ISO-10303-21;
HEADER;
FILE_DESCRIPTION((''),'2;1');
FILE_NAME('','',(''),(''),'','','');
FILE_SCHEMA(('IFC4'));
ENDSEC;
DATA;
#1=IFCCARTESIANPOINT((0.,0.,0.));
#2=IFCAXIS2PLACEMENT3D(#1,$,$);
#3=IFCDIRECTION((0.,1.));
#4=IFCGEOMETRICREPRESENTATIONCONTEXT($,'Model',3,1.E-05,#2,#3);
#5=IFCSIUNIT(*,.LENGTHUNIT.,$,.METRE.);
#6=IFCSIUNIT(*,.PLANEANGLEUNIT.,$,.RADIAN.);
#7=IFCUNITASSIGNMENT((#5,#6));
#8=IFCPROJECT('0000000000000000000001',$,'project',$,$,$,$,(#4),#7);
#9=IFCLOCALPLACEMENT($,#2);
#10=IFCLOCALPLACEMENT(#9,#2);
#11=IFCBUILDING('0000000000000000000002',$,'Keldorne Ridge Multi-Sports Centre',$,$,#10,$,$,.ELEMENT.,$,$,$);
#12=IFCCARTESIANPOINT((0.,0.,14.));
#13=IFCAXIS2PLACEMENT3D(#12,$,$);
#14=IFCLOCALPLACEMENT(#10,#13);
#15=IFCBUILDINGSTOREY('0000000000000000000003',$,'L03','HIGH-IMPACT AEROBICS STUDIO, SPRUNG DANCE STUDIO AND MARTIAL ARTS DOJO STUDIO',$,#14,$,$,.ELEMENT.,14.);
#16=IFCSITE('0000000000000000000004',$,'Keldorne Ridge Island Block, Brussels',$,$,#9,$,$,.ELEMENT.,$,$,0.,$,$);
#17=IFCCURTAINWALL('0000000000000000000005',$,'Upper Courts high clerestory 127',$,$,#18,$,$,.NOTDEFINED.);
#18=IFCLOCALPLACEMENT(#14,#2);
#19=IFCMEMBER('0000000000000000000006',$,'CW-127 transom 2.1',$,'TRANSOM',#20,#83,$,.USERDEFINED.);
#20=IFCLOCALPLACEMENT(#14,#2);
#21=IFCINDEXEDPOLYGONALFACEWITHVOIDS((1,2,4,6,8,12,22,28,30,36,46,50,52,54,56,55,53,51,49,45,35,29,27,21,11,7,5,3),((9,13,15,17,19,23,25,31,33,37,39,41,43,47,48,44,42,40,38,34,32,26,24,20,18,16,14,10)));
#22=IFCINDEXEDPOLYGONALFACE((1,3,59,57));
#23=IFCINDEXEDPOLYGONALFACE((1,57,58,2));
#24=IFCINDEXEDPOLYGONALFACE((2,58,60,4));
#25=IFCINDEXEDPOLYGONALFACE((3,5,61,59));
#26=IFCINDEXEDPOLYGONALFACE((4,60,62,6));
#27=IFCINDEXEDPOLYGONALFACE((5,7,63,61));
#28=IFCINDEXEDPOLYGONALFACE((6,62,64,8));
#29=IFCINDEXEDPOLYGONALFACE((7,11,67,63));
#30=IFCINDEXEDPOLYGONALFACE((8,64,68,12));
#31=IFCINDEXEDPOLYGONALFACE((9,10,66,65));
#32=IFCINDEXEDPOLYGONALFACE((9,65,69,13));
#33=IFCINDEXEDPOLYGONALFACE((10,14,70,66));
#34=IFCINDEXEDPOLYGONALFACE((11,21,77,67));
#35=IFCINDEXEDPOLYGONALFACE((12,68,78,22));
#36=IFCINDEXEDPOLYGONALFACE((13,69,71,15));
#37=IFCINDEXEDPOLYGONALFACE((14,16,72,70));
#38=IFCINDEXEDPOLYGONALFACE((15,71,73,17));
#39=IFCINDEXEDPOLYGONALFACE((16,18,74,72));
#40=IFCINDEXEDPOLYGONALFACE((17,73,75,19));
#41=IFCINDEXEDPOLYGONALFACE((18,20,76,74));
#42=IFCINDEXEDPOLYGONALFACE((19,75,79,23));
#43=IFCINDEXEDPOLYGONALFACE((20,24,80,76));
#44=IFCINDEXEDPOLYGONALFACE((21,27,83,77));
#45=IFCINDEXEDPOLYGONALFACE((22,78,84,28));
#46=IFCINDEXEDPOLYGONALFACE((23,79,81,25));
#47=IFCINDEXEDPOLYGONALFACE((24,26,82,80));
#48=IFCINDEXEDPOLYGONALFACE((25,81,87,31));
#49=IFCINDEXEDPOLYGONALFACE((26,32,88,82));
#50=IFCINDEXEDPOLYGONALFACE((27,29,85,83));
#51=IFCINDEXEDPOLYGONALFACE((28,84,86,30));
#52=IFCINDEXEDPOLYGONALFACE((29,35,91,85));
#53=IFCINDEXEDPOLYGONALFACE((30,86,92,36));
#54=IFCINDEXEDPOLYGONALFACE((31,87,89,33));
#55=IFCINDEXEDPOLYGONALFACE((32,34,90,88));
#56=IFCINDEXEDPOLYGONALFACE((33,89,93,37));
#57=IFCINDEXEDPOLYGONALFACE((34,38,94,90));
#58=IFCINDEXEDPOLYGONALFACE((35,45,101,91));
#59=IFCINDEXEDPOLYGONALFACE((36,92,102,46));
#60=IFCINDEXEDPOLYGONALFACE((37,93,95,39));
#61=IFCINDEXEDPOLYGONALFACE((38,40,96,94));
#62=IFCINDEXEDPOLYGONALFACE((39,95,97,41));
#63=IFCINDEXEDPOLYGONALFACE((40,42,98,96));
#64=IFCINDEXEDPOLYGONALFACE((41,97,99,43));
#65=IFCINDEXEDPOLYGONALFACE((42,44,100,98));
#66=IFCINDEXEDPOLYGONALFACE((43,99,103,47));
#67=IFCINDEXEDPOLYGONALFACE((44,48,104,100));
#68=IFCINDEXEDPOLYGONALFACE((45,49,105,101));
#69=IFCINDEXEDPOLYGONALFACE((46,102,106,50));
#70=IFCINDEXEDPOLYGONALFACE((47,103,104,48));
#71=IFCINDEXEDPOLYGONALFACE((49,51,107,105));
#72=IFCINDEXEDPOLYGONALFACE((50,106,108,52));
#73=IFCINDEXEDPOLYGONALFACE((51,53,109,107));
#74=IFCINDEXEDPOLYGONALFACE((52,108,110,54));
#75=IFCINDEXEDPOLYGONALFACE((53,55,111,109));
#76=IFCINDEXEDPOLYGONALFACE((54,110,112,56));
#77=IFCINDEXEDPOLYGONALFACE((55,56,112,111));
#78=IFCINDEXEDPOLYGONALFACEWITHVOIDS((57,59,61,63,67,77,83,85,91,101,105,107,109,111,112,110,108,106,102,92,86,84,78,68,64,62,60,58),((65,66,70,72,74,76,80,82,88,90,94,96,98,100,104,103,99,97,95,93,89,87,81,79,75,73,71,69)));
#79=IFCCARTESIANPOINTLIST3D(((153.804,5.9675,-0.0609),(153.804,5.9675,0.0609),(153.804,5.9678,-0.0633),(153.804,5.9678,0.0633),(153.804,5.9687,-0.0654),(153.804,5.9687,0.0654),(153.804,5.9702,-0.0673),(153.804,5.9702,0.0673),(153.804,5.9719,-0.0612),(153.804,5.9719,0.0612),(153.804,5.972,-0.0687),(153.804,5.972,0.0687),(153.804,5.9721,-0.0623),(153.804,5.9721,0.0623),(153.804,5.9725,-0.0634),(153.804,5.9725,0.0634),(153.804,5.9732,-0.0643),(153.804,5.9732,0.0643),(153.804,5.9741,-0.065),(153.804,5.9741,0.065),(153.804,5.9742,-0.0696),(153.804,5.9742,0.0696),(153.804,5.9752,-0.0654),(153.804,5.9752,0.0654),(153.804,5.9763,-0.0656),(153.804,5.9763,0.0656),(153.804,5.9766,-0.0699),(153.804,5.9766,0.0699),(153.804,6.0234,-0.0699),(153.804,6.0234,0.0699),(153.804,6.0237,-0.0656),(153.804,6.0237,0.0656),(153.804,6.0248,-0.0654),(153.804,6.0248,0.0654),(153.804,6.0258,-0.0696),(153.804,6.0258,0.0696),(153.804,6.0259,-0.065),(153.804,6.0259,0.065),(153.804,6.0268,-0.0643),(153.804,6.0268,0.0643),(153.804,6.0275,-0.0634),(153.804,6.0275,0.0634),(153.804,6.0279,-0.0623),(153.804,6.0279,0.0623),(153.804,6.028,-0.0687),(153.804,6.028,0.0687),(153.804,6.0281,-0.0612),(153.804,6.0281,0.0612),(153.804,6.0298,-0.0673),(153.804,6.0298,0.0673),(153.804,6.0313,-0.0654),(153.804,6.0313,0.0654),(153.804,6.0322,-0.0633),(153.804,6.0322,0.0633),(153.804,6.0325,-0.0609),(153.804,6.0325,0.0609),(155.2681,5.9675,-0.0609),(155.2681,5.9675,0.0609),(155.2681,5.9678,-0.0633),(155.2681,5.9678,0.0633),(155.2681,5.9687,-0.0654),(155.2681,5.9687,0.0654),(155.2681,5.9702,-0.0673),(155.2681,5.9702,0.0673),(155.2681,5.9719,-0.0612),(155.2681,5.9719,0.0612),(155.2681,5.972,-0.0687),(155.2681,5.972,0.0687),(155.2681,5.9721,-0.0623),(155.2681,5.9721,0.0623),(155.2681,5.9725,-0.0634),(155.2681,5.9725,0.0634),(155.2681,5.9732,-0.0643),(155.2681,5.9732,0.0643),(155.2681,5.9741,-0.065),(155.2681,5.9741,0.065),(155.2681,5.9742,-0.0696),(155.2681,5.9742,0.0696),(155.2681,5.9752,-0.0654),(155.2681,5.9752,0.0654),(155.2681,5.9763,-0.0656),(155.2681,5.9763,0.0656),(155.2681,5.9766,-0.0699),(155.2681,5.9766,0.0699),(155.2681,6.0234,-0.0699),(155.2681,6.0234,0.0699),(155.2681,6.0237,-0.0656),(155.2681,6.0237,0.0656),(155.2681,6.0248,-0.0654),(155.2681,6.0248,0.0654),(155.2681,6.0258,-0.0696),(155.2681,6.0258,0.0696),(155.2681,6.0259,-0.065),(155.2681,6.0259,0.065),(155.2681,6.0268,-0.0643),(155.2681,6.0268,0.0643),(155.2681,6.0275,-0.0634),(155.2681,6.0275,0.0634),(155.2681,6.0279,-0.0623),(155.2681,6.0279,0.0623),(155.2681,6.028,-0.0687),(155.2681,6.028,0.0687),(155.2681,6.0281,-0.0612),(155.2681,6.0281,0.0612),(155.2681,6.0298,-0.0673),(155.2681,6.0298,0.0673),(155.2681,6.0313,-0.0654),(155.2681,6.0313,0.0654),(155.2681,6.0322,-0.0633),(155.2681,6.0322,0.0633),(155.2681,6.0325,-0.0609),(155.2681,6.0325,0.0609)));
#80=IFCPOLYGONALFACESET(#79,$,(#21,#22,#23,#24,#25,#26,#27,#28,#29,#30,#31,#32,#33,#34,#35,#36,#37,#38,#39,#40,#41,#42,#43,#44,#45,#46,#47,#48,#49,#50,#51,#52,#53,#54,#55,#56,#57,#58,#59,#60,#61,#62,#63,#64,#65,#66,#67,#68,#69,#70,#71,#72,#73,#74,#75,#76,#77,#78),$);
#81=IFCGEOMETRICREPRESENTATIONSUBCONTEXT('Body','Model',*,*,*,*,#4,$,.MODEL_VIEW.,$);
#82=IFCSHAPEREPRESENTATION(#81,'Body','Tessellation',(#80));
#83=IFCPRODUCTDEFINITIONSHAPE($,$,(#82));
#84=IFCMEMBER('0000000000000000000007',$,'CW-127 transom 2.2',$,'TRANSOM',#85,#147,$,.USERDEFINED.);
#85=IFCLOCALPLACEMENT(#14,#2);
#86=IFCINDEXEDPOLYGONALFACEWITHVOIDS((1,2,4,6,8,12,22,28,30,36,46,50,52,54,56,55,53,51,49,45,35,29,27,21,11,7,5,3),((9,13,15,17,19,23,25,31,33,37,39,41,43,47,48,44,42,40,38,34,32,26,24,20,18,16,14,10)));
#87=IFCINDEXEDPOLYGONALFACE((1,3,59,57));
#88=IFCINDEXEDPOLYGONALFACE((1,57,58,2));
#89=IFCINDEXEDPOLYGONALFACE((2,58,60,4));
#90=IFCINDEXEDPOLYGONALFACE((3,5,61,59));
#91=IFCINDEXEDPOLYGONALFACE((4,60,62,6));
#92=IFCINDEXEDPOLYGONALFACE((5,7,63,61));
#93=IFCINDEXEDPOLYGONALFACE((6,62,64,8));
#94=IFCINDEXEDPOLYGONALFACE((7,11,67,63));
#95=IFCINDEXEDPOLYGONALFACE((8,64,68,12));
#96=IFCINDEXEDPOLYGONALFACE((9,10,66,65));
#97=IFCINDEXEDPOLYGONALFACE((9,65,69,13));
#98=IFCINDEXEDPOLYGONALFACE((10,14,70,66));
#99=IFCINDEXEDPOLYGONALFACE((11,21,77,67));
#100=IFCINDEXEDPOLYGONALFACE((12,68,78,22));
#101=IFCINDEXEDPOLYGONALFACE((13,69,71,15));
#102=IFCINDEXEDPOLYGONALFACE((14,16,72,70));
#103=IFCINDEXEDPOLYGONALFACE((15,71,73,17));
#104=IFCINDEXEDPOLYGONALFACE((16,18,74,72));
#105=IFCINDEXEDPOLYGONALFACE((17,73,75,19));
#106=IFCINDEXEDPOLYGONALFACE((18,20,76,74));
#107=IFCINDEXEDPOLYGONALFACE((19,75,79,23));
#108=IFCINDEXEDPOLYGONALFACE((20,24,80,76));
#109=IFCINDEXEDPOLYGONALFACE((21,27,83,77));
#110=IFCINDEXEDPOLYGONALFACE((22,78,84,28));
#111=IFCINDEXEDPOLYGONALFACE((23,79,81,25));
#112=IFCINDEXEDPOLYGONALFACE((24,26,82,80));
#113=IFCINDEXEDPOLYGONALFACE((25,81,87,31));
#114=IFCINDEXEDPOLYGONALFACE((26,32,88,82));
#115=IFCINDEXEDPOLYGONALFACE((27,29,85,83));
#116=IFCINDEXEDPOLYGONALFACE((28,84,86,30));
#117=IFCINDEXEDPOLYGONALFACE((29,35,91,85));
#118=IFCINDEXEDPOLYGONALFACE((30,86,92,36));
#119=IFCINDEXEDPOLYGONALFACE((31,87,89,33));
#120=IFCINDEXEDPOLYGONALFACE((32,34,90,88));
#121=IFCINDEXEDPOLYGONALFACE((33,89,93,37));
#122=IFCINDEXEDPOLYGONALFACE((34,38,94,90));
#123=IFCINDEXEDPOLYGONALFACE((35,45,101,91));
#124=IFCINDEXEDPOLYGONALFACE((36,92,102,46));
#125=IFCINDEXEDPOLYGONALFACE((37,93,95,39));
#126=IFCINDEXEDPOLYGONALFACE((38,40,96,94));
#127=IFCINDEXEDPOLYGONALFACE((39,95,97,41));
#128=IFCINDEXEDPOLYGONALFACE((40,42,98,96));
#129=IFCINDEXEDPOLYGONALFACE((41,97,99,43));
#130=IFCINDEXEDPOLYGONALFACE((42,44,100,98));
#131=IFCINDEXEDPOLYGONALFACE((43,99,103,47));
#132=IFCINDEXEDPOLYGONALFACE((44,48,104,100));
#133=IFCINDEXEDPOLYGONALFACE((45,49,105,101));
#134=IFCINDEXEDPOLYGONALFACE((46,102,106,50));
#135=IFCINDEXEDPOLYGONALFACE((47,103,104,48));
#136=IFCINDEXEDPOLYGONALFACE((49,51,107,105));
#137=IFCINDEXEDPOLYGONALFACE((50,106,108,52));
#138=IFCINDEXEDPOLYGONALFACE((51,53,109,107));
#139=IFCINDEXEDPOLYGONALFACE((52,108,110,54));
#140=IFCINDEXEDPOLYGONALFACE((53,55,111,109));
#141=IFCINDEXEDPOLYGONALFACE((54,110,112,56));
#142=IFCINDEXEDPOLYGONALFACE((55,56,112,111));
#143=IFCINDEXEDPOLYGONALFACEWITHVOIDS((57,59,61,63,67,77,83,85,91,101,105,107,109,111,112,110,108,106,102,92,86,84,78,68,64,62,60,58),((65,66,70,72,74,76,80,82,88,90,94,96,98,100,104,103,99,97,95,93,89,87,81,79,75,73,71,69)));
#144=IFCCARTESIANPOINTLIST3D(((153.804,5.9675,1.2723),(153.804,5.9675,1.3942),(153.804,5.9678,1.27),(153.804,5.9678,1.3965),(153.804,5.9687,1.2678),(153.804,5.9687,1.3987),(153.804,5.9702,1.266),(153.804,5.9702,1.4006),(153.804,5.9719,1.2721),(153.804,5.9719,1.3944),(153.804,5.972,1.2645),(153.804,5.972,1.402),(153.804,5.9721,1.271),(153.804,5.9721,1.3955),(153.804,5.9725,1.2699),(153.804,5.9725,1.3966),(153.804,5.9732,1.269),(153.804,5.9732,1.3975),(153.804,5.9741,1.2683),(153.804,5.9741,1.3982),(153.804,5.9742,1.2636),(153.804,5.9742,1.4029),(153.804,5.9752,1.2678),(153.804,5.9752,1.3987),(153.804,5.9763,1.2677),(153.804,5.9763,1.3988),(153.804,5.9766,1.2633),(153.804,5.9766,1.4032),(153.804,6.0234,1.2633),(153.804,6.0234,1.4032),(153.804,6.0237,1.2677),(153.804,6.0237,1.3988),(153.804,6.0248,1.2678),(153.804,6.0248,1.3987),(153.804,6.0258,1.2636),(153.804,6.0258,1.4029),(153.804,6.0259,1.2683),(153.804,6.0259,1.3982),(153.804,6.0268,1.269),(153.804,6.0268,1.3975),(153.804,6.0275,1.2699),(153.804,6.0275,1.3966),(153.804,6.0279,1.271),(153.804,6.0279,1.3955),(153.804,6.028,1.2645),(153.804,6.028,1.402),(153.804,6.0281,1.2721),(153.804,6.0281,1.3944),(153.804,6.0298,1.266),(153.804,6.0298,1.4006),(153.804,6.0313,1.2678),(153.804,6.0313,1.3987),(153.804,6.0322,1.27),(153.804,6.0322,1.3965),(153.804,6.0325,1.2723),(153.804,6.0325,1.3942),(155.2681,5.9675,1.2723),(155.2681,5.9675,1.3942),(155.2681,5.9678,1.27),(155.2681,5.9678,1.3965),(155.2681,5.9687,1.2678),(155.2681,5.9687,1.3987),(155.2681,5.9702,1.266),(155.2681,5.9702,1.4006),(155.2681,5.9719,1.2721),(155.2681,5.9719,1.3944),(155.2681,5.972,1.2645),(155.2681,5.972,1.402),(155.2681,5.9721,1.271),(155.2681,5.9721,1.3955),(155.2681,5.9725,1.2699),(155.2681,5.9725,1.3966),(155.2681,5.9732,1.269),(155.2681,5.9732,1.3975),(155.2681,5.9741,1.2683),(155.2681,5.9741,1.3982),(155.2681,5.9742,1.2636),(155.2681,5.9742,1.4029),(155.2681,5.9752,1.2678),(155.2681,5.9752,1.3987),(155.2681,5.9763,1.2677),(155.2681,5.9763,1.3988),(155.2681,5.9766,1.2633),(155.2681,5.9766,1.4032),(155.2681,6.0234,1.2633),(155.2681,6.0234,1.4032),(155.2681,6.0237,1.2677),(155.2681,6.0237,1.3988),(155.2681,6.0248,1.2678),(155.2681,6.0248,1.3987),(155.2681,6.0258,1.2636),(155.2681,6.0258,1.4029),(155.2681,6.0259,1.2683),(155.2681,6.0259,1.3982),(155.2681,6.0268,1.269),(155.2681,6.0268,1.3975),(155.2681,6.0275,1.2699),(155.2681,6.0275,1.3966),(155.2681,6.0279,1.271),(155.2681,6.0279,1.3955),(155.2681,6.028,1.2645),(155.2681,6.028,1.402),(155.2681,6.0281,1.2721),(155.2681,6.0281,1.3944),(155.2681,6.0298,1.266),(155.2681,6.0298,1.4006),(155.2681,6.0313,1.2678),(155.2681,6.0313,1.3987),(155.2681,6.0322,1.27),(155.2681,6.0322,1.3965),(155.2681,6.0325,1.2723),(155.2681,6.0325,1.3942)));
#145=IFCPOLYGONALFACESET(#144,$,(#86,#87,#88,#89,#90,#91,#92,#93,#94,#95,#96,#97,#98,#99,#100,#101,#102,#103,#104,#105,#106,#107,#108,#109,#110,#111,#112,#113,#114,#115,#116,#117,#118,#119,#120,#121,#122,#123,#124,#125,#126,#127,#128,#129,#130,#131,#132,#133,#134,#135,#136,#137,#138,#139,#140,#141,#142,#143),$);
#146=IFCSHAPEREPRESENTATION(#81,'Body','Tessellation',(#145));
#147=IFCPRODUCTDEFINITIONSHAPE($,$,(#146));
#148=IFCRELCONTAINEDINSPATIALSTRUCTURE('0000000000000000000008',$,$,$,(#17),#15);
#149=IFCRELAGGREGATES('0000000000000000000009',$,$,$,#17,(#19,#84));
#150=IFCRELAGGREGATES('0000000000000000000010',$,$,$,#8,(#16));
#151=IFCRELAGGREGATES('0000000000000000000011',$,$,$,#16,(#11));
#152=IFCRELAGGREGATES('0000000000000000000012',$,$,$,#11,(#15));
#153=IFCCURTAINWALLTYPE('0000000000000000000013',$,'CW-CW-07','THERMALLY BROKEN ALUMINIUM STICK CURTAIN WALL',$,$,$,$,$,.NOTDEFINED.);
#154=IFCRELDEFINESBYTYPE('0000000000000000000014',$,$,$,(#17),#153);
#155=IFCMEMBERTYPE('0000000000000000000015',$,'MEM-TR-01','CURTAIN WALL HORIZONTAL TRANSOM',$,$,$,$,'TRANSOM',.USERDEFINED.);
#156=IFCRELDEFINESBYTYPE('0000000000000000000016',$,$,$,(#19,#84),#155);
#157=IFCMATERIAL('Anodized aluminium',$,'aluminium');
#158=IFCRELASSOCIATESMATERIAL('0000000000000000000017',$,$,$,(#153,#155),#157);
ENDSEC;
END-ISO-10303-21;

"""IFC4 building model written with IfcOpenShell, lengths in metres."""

from ifc_helpers import new_model, si_unit, direction, frame, origin, origin_2d, place, context, subcontext, project, spatial, hollow_rectangle, extrude, material, material_profile, profile_set, type_object, element, aggregate, save


model = new_model("IFC4")

# Units and contexts
model_context = context("Model", 3, precision=1e-05, world=origin(), true_north=direction((0.0, 1.0)))
body_context = subcontext(model_context, "Body", "Model", "MODEL_VIEW")
ifc_project = project(units=[si_unit("LENGTHUNIT", "METRE"), si_unit("PLANEANGLEUNIT", "RADIAN")], contexts=[model_context])

# Site, building, storey
site_placement = place(None, origin())
site = spatial("IfcSite", under=ifc_project, at=site_placement, Name="Keldorne Ridge Island Block, Brussels", CompositionType="ELEMENT", RefElevation=0.0)
building_placement = place(site_placement, origin())
building = spatial("IfcBuilding", under=site, at=building_placement, Name="Keldorne Ridge Multi-Sports Centre", CompositionType="ELEMENT")
storey_placement = place(building_placement, frame((0.0, 0.0, 14.0)))
storey = spatial("IfcBuildingStorey", under=building, at=storey_placement, Name="L03", Description="HIGH-IMPACT AEROBICS STUDIO, SPRUNG DANCE STUDIO AND MARTIAL ARTS DOJO STUDIO", CompositionType="ELEMENT", Elevation=14.0)

# Curtain wall, members
ifc_material_1 = material(Name="Anodized aluminium", Category="aluminium")
curtain_wall_type = type_object("IfcCurtainWallType", Name="CW-CW-07", Description="THERMALLY BROKEN ALUMINIUM STICK CURTAIN WALL", PredefinedType="NOTDEFINED", material=ifc_material_1)
curtain_wall_placement = place(storey_placement, origin())
curtain_wall = element("IfcCurtainWall", 1, at=curtain_wall_placement, inside=storey, type_object=curtain_wall_type, Name="Upper Courts high clerestory 127", PredefinedType="NOTDEFINED")
ifc_material_profile_1 = material_profile(ifc_material_1, hollow_rectangle(XDim=0.0649, YDim=0.1399, WallThickness=0.0044, InnerFilletRadius=0.0044, OuterFilletRadius=0.009, at=origin_2d()), Name="ALU TRANSOM 140x65x4.5")
ifc_profile_set_1 = profile_set([ifc_material_profile_1], Name="Anodized aluminium")
member_type_1 = type_object("IfcMemberType", Name="MEM-TR-01", Description="CURTAIN WALL HORIZONTAL TRANSOM", ElementType="TRANSOM", PredefinedType="USERDEFINED", material=ifc_profile_set_1)
member_1_placement = place(storey_placement, frame((153.804, 6.0, 0.0), z_axis=(1.0, 0.0, 0.0), x_axis=(0.0, 1.0, 0.0)))
member_1 = element("IfcMember", 2, at=member_1_placement, type_object=member_type_1, Name="CW-127 transom 2.1", ObjectType="TRANSOM", PredefinedType="USERDEFINED", context=body_context, shape_type="SweptSolid", body=[
    extrude(hollow_rectangle(XDim=0.0649, YDim=0.1399, WallThickness=0.0044, InnerFilletRadius=0.0044, OuterFilletRadius=0.009, at=origin_2d()), origin(), (0.0, 0.0, 1.0), 1.4641),
])
member_2_placement = place(storey_placement, frame((153.804, 6.0, 1.3333), z_axis=(1.0, 0.0, 0.0), x_axis=(0.0, 1.0, 0.0)))
member_2 = element("IfcMember", 3, at=member_2_placement, type_object=member_type_1, Name="CW-127 transom 2.2", ObjectType="TRANSOM", PredefinedType="USERDEFINED", context=body_context, shape_type="SweptSolid", body=[
    extrude(hollow_rectangle(XDim=0.0649, YDim=0.1399, WallThickness=0.0044, InnerFilletRadius=0.0044, OuterFilletRadius=0.009, at=origin_2d()), origin(), (0.0, 0.0, 1.0), 1.4641),
])
aggregate(curtain_wall, [member_1, member_2])

save(model, "model.ifc")
